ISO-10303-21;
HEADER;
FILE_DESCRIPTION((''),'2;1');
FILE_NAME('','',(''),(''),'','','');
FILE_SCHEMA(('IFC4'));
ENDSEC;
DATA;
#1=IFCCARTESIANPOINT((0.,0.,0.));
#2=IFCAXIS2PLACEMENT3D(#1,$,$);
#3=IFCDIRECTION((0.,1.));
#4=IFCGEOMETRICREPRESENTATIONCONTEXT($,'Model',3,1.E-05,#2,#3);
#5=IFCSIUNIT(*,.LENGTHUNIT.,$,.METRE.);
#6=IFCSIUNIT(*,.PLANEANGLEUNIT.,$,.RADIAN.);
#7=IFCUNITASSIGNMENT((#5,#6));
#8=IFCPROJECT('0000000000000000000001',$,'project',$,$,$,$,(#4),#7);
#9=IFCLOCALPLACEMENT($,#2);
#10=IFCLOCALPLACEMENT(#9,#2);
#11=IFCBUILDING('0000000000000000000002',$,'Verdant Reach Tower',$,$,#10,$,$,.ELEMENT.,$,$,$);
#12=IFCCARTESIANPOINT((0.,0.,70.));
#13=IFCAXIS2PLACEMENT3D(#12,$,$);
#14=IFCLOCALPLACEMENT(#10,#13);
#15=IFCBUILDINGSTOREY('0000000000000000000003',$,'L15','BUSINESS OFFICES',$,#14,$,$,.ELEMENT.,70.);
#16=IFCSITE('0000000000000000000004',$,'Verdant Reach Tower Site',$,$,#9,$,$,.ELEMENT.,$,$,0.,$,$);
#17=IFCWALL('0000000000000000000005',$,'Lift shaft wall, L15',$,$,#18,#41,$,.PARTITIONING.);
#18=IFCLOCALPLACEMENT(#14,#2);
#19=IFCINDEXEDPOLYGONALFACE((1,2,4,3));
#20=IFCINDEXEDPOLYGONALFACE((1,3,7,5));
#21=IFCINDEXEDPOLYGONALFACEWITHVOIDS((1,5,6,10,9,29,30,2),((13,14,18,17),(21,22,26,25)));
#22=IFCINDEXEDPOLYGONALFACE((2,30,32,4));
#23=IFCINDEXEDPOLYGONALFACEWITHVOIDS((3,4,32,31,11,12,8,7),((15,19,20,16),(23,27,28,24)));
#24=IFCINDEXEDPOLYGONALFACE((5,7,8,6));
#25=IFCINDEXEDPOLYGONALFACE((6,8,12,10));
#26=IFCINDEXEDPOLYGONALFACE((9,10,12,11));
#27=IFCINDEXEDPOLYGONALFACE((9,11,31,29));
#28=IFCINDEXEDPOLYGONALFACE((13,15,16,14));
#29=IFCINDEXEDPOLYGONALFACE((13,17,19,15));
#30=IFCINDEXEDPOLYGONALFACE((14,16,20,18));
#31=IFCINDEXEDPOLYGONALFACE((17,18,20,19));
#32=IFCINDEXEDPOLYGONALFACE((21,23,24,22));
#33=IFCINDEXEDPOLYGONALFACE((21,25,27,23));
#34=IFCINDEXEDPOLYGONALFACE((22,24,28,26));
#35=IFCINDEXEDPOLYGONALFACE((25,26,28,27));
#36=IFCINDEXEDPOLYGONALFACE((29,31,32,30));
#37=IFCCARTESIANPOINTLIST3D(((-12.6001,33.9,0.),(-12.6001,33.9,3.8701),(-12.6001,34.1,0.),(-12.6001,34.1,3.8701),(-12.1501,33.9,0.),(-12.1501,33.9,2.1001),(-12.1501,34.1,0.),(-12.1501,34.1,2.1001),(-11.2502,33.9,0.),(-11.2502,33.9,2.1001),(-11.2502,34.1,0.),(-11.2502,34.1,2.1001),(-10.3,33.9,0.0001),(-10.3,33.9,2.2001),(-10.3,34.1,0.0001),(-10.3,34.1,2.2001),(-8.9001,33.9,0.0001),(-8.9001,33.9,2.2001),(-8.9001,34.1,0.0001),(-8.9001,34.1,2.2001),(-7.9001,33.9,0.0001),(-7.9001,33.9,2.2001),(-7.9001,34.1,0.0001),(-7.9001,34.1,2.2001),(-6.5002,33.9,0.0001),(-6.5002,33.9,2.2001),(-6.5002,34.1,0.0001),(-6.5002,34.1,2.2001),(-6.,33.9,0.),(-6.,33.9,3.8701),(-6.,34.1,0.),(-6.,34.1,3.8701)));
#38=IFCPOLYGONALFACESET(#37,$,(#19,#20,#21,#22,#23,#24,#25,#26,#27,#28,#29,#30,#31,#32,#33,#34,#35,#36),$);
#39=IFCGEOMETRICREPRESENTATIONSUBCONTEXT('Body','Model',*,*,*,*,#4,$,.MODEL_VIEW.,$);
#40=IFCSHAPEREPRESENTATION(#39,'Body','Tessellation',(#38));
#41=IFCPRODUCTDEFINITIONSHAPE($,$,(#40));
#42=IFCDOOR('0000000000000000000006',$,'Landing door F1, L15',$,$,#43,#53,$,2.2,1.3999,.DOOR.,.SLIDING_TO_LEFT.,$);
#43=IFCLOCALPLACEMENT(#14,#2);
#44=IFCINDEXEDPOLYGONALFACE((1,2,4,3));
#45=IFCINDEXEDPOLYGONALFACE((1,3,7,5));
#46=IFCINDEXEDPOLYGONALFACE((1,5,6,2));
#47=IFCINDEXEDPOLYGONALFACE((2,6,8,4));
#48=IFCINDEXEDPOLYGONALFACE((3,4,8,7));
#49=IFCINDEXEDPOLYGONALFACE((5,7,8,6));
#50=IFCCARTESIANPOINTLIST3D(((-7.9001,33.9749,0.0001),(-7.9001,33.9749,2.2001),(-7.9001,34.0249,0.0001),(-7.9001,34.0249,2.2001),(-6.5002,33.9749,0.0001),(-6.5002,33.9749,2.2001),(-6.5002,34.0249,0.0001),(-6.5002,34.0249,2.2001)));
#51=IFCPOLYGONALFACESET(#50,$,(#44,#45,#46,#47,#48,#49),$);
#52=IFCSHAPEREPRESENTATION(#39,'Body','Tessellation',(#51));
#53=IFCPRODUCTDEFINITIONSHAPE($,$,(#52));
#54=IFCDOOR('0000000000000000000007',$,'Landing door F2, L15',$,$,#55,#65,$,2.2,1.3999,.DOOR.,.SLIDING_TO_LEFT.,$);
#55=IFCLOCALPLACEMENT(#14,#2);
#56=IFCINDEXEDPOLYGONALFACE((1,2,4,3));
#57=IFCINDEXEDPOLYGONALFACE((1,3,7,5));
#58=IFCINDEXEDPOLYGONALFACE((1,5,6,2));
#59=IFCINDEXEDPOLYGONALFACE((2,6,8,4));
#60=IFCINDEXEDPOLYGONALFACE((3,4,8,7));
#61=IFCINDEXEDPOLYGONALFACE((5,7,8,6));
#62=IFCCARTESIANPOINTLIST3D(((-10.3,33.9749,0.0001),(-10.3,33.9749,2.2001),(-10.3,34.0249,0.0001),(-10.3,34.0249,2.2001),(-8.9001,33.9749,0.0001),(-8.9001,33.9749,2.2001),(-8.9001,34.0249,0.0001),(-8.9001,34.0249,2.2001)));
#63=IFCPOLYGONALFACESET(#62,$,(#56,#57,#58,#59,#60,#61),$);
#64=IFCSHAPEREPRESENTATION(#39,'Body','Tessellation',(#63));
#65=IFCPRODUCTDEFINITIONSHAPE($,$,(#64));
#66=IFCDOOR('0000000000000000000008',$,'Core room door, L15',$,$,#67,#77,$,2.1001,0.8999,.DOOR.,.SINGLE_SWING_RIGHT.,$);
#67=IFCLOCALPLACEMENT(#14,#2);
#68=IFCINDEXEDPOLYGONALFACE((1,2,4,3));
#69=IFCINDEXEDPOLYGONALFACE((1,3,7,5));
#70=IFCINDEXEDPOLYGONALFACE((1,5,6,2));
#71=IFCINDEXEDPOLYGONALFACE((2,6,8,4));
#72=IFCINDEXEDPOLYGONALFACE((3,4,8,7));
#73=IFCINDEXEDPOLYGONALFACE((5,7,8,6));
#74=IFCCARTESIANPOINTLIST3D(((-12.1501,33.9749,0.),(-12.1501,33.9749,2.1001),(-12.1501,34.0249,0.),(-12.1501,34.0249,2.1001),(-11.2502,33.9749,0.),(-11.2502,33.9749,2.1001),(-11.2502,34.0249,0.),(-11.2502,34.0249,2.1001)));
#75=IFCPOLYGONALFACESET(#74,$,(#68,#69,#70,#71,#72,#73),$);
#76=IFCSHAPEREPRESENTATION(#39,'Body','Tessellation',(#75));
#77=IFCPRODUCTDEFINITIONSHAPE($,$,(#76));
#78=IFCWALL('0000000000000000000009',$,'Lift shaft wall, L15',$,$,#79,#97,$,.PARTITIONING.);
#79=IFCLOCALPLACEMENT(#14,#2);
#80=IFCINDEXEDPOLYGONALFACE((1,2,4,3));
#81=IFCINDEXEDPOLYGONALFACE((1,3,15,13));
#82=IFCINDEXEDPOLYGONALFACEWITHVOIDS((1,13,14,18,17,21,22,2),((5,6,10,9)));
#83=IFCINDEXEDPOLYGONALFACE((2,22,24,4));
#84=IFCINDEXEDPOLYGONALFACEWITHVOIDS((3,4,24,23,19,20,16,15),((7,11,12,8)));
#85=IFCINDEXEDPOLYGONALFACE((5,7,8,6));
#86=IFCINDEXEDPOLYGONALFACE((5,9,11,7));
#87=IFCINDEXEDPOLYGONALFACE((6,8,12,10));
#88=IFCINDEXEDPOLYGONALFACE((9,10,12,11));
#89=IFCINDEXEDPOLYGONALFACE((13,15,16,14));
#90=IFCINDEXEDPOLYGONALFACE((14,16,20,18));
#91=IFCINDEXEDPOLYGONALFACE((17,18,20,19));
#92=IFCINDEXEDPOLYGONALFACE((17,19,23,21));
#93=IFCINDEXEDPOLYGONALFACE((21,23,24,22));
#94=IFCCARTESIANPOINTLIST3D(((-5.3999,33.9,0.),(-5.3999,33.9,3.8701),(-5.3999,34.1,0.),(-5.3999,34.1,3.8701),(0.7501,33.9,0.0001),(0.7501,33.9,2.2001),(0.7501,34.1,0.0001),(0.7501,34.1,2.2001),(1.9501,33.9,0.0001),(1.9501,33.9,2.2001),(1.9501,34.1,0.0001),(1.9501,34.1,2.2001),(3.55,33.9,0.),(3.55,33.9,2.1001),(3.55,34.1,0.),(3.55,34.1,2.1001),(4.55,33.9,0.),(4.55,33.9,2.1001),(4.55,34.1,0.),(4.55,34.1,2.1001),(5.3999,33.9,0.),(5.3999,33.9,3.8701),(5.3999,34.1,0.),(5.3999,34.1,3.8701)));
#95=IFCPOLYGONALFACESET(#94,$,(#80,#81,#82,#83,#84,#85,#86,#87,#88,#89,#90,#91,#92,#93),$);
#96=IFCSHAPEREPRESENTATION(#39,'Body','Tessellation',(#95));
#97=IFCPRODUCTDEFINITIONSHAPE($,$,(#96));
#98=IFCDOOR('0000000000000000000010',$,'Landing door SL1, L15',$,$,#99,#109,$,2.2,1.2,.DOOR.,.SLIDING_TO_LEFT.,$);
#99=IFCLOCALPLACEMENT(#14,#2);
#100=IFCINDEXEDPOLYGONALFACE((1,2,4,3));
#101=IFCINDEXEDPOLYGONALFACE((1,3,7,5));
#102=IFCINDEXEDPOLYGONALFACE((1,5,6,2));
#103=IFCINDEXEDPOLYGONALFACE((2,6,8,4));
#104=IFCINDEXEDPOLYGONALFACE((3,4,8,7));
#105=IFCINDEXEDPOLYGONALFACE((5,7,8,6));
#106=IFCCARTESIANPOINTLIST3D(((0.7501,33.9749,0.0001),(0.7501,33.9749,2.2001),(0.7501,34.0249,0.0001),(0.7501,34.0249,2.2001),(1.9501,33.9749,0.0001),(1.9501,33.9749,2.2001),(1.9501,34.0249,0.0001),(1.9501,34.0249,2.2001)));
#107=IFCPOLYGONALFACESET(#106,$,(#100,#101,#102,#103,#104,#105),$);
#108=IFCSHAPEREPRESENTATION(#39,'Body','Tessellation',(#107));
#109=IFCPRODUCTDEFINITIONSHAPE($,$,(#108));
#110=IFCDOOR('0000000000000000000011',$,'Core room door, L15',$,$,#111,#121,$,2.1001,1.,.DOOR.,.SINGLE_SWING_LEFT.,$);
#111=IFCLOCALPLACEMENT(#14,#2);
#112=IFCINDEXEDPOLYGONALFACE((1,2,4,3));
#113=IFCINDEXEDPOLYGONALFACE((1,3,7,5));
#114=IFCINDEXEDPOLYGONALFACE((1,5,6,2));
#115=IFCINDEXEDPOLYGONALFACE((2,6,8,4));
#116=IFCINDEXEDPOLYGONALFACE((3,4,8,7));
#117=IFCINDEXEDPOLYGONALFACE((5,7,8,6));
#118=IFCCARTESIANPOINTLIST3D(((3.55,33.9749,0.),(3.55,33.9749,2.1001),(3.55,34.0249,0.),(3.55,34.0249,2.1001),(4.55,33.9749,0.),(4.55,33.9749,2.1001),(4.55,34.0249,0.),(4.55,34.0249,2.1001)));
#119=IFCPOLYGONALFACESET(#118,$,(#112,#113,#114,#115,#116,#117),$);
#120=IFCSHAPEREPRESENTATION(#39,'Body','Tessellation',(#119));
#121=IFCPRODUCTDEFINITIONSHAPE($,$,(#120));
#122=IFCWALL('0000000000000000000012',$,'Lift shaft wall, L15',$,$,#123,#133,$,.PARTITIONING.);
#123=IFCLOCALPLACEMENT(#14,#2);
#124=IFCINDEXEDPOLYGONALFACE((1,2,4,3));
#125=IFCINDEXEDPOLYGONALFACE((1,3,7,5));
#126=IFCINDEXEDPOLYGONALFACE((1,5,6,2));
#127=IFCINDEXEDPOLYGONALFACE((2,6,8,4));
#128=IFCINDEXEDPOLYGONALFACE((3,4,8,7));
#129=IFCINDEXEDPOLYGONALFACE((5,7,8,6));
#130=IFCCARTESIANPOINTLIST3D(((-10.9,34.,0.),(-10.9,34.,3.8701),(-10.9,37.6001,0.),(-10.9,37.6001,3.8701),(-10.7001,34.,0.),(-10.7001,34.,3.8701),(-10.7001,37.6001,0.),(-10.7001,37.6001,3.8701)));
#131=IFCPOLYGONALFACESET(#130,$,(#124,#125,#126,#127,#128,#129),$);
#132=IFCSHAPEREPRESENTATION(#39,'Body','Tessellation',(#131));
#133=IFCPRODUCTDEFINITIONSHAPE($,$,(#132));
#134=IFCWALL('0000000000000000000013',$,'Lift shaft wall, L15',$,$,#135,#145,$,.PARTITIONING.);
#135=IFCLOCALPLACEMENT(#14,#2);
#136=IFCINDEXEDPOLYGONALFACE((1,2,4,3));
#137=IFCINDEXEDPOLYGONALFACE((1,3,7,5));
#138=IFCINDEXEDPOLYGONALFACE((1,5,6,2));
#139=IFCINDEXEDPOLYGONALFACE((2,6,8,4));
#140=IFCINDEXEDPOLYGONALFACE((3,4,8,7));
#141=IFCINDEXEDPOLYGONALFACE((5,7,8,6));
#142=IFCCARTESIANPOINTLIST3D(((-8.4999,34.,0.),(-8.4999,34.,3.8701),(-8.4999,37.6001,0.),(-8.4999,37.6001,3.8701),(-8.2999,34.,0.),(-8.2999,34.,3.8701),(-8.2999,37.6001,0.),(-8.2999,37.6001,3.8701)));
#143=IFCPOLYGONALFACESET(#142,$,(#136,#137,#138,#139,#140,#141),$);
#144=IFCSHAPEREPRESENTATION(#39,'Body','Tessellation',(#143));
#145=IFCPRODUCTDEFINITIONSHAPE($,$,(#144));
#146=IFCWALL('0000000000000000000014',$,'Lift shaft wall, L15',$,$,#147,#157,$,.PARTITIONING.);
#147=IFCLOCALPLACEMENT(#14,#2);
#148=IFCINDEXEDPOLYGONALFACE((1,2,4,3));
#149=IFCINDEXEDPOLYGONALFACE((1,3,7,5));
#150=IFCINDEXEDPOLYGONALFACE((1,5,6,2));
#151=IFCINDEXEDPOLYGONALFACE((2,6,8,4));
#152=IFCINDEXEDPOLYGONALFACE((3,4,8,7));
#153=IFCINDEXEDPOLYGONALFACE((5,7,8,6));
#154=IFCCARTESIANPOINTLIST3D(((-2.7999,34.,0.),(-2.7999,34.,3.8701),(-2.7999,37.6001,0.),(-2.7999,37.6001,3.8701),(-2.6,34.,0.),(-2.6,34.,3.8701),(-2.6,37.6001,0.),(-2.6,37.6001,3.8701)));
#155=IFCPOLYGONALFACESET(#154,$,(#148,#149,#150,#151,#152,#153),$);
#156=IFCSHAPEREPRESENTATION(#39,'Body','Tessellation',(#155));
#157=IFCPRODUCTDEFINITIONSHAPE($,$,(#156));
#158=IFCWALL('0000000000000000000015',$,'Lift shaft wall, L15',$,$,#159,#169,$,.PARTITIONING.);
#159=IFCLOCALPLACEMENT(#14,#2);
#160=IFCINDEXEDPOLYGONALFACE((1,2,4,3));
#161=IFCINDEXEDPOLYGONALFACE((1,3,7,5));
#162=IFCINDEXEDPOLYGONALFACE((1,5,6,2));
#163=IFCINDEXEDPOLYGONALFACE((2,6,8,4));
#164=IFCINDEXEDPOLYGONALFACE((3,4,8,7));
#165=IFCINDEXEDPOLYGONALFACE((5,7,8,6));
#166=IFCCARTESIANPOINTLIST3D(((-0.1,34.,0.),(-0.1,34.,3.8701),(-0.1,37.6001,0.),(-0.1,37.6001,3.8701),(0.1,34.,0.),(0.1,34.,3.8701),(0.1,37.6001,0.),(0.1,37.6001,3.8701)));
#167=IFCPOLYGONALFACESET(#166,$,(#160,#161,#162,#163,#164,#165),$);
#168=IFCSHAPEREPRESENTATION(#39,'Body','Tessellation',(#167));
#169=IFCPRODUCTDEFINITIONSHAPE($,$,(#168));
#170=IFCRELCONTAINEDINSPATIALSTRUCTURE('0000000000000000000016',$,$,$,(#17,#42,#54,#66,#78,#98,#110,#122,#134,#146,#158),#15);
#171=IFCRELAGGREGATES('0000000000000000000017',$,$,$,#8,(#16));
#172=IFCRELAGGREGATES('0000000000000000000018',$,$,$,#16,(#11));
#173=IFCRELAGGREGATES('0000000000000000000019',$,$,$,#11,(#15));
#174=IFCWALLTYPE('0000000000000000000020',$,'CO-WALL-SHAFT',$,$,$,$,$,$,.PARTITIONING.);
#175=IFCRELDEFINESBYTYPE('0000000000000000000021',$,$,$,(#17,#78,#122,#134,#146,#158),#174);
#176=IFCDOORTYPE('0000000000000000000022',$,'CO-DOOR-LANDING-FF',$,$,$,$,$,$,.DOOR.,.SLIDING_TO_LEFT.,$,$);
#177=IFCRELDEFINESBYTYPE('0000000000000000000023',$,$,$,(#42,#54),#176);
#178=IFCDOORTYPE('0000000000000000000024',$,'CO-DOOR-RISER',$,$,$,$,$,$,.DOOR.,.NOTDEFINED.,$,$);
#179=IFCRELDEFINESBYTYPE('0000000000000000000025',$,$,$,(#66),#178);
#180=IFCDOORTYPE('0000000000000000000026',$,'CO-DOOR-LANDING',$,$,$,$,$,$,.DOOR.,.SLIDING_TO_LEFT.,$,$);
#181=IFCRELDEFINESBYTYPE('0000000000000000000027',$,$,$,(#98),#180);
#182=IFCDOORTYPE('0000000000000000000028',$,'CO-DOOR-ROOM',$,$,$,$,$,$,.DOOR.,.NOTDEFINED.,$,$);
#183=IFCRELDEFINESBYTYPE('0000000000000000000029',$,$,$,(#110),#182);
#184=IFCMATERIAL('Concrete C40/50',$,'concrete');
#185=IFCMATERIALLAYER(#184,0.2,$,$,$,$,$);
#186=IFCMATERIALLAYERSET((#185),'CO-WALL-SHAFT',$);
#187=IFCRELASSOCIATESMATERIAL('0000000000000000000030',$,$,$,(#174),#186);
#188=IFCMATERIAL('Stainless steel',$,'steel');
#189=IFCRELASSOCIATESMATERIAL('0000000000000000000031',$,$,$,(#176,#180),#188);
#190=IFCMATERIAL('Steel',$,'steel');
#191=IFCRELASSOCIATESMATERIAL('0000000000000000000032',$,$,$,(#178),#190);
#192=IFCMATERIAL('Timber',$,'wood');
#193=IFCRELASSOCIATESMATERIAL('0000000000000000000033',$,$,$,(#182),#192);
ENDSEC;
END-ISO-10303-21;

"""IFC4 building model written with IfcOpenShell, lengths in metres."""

from ifc_helpers import new_model, si_unit, direction, frame, frame_2d, origin, place, context, subcontext, project, spatial, rectangle, extrude, material, layer, layer_set, type_object, element, fill, save


model = new_model("IFC4")

# Units and contexts
model_context = context("Model", 3, precision=1e-05, world=origin(), true_north=direction((0.0, 1.0)))
body_context = subcontext(model_context, "Body", "Model", "MODEL_VIEW")
ifc_project = project(units=[si_unit("LENGTHUNIT", "METRE"), si_unit("PLANEANGLEUNIT", "RADIAN")], contexts=[model_context])

# Site, building, storey
site_placement = place(None, origin())
site = spatial("IfcSite", under=ifc_project, at=site_placement, Name="Verdant Reach Tower Site", CompositionType="ELEMENT", RefElevation=0.0)
building_placement = place(site_placement, origin())
building = spatial("IfcBuilding", under=site, at=building_placement, Name="Verdant Reach Tower", CompositionType="ELEMENT")
storey_placement = place(building_placement, frame((0.0, 0.0, 70.0)))
storey = spatial("IfcBuildingStorey", under=building, at=storey_placement, Name="L15", Description="BUSINESS OFFICES", CompositionType="ELEMENT", Elevation=70.0)

# Shared definitions
ifc_material_1 = material(Name="Concrete C40/50", Category="concrete")
ifc_layer_1 = layer(ifc_material_1, 0.2)
ifc_layer_set_1 = layer_set([ifc_layer_1], Name="CO-WALL-SHAFT")
wall_type_1 = type_object("IfcWallType", Name="CO-WALL-SHAFT", PredefinedType="PARTITIONING", material=ifc_layer_set_1)

# Walls, openings, doors
wall_1_placement = place(storey_placement, frame((-12.6001, 34.0, 0.0), z_axis=(0.0, 0.0, 1.0), x_axis=(1.0, 0.0, 0.0)))
wall_1 = element("IfcWall", 1, at=wall_1_placement, inside=storey, type_object=wall_type_1, Name="Lift shaft wall, L15", PredefinedType="PARTITIONING", context=body_context, shape_type="SweptSolid", body=[
    extrude(rectangle(XDim=6.6001, YDim=0.2, at=frame_2d((3.3, 0.0))), origin(), (0.0, 0.0, 1.0), 3.8701),
])
opening_1_placement = place(wall_1_placement, frame((4.7, 0.0, 0.0)))
opening_1 = element("IfcOpeningElement", 2, at=opening_1_placement, cuts=wall_1, PredefinedType="OPENING", context=body_context, shape_type="SweptSolid", body=[
    extrude(rectangle(XDim=1.3999, YDim=2.2, at=frame_2d((0.7, 1.1001))), frame((0.0, 0.1099, 0.0), z_axis=(0.0, -1.0, 0.0), x_axis=(1.0, 0.0, 0.0)), (0.0, 0.0, 1.0), 0.22),
])
opening_2_placement = place(wall_1_placement, frame((2.3, 0.0, 0.0)))
opening_2 = element("IfcOpeningElement", 3, at=opening_2_placement, cuts=wall_1, PredefinedType="OPENING", context=body_context, shape_type="SweptSolid", body=[
    extrude(rectangle(XDim=1.3999, YDim=2.2, at=frame_2d((0.7, 1.1001))), frame((0.0, 0.1099, 0.0), z_axis=(0.0, -1.0, 0.0), x_axis=(1.0, 0.0, 0.0)), (0.0, 0.0, 1.0), 0.22),
])
opening_3_placement = place(wall_1_placement, frame((0.45, 0.0, 0.0)))
opening_3 = element("IfcOpeningElement", 4, at=opening_3_placement, cuts=wall_1, PredefinedType="OPENING", context=body_context, shape_type="SweptSolid", body=[
    extrude(rectangle(XDim=0.8999, YDim=2.1001, at=frame_2d((0.45, 1.05))), frame((0.0, 0.1099, 0.0), z_axis=(0.0, -1.0, 0.0), x_axis=(1.0, 0.0, 0.0)), (0.0, 0.0, 1.0), 0.22),
])
ifc_material_2 = material(Name="Stainless steel", Category="steel")
door_type_1 = type_object("IfcDoorType", Name="CO-DOOR-LANDING-FF", OperationType="SLIDING_TO_LEFT", PredefinedType="DOOR", material=ifc_material_2)
door_1_placement = place(opening_1_placement, origin())
door_1 = element("IfcDoor", 5, at=door_1_placement, inside=storey, type_object=door_type_1, Name="Landing door F1, L15", OperationType="SLIDING_TO_LEFT", OverallHeight=2.2, OverallWidth=1.3999, PredefinedType="DOOR", context=body_context, shape_type="SweptSolid", body=[
    extrude(rectangle(XDim=1.3999, YDim=2.2, at=frame_2d((0.7, 1.1001))), frame((0.0, 0.0249, 0.0), z_axis=(0.0, -1.0, 0.0), x_axis=(1.0, 0.0, 0.0)), (0.0, 0.0, 1.0), 0.05),
])
fill(opening_1, door_1)
door_2_placement = place(opening_2_placement, origin())
door_2 = element("IfcDoor", 6, at=door_2_placement, inside=storey, type_object=door_type_1, Name="Landing door F2, L15", OperationType="SLIDING_TO_LEFT", OverallHeight=2.2, OverallWidth=1.3999, PredefinedType="DOOR", context=body_context, shape_type="SweptSolid", body=[
    extrude(rectangle(XDim=1.3999, YDim=2.2, at=frame_2d((0.7, 1.1001))), frame((0.0, 0.0249, 0.0), z_axis=(0.0, -1.0, 0.0), x_axis=(1.0, 0.0, 0.0)), (0.0, 0.0, 1.0), 0.05),
])
fill(opening_2, door_2)
ifc_material_3 = material(Name="Steel", Category="steel")
door_type_2 = type_object("IfcDoorType", Name="CO-DOOR-RISER", OperationType="NOTDEFINED", PredefinedType="DOOR", material=ifc_material_3)
door_3_placement = place(opening_3_placement, origin())
door_3 = element("IfcDoor", 7, at=door_3_placement, inside=storey, type_object=door_type_2, Name="Core room door, L15", OperationType="SINGLE_SWING_RIGHT", OverallHeight=2.1001, OverallWidth=0.8999, PredefinedType="DOOR", context=body_context, shape_type="SweptSolid", body=[
    extrude(rectangle(XDim=0.8999, YDim=2.1001, at=frame_2d((0.45, 1.05))), frame((0.0, 0.0249, 0.0), z_axis=(0.0, -1.0, 0.0), x_axis=(1.0, 0.0, 0.0)), (0.0, 0.0, 1.0), 0.05),
])
fill(opening_3, door_3)
wall_2_placement = place(storey_placement, frame((-5.3999, 34.0, 0.0), z_axis=(0.0, 0.0, 1.0), x_axis=(1.0, 0.0, 0.0)))
wall_2 = element("IfcWall", 8, at=wall_2_placement, inside=storey, type_object=wall_type_1, Name="Lift shaft wall, L15", PredefinedType="PARTITIONING", context=body_context, shape_type="SweptSolid", body=[
    extrude(rectangle(XDim=10.7998, YDim=0.2, at=frame_2d((5.3999, 0.0))), origin(), (0.0, 0.0, 1.0), 3.8701),
])
opening_4_placement = place(wall_2_placement, frame((6.1499, 0.0, 0.0)))
opening_4 = element("IfcOpeningElement", 9, at=opening_4_placement, cuts=wall_2, PredefinedType="OPENING", context=body_context, shape_type="SweptSolid", body=[
    extrude(rectangle(XDim=1.2, YDim=2.2, at=frame_2d((0.6001, 1.1001))), frame((0.0, 0.1099, 0.0), z_axis=(0.0, -1.0, 0.0), x_axis=(1.0, 0.0, 0.0)), (0.0, 0.0, 1.0), 0.22),
])
opening_5_placement = place(wall_2_placement, frame((8.95, 0.0, 0.0)))
opening_5 = element("IfcOpeningElement", 10, at=opening_5_placement, cuts=wall_2, PredefinedType="OPENING", context=body_context, shape_type="SweptSolid", body=[
    extrude(rectangle(XDim=1.0, YDim=2.1001, at=frame_2d((0.5, 1.05))), frame((0.0, 0.1099, 0.0), z_axis=(0.0, -1.0, 0.0), x_axis=(1.0, 0.0, 0.0)), (0.0, 0.0, 1.0), 0.22),
])
door_type_3 = type_object("IfcDoorType", Name="CO-DOOR-LANDING", OperationType="SLIDING_TO_LEFT", PredefinedType="DOOR", material=ifc_material_2)
door_4_placement = place(opening_4_placement, origin())
door_4 = element("IfcDoor", 11, at=door_4_placement, inside=storey, type_object=door_type_3, Name="Landing door SL1, L15", OperationType="SLIDING_TO_LEFT", OverallHeight=2.2, OverallWidth=1.2, PredefinedType="DOOR", context=body_context, shape_type="SweptSolid", body=[
    extrude(rectangle(XDim=1.2, YDim=2.2, at=frame_2d((0.6001, 1.1001))), frame((0.0, 0.0249, 0.0), z_axis=(0.0, -1.0, 0.0), x_axis=(1.0, 0.0, 0.0)), (0.0, 0.0, 1.0), 0.05),
])
fill(opening_4, door_4)
ifc_material_4 = material(Name="Timber", Category="wood")
door_type_4 = type_object("IfcDoorType", Name="CO-DOOR-ROOM", OperationType="NOTDEFINED", PredefinedType="DOOR", material=ifc_material_4)
door_5_placement = place(opening_5_placement, origin())
door_5 = element("IfcDoor", 12, at=door_5_placement, inside=storey, type_object=door_type_4, Name="Core room door, L15", OperationType="SINGLE_SWING_LEFT", OverallHeight=2.1001, OverallWidth=1.0, PredefinedType="DOOR", context=body_context, shape_type="SweptSolid", body=[
    extrude(rectangle(XDim=1.0, YDim=2.1001, at=frame_2d((0.5, 1.05))), frame((0.0, 0.0249, 0.0), z_axis=(0.0, -1.0, 0.0), x_axis=(1.0, 0.0, 0.0)), (0.0, 0.0, 1.0), 0.05),
])
fill(opening_5, door_5)

# Walls
for number, where, z_axis, x_axis, name in (
    (13, (-10.8, 34.0, 0.0), (0.0, 0.0, 1.0), (0.0, 1.0, 0.0), "Lift shaft wall, L15"),
    (14, (-8.3999, 34.0, 0.0), (0.0, 0.0, 1.0), (0.0, 1.0, 0.0), "Lift shaft wall, L15"),
    (15, (-2.7, 34.0, 0.0), (0.0, 0.0, 1.0), (0.0, 1.0, 0.0), "Lift shaft wall, L15"),
    (16, (0.0, 34.0, 0.0), (0.0, 0.0, 1.0), (0.0, 1.0, 0.0), "Lift shaft wall, L15"),
):
    element("IfcWall", number, at=place(storey_placement, frame(where, z_axis=z_axis, x_axis=x_axis)), inside=storey, type_object=wall_type_1, Name=name, PredefinedType="PARTITIONING", context=body_context, shape_type="SweptSolid", body=[
        extrude(rectangle(XDim=3.6001, YDim=0.2, at=frame_2d((1.8, 0.0))), origin(), (0.0, 0.0, 1.0), 3.8701),
    ])

save(model, "model.ifc")
